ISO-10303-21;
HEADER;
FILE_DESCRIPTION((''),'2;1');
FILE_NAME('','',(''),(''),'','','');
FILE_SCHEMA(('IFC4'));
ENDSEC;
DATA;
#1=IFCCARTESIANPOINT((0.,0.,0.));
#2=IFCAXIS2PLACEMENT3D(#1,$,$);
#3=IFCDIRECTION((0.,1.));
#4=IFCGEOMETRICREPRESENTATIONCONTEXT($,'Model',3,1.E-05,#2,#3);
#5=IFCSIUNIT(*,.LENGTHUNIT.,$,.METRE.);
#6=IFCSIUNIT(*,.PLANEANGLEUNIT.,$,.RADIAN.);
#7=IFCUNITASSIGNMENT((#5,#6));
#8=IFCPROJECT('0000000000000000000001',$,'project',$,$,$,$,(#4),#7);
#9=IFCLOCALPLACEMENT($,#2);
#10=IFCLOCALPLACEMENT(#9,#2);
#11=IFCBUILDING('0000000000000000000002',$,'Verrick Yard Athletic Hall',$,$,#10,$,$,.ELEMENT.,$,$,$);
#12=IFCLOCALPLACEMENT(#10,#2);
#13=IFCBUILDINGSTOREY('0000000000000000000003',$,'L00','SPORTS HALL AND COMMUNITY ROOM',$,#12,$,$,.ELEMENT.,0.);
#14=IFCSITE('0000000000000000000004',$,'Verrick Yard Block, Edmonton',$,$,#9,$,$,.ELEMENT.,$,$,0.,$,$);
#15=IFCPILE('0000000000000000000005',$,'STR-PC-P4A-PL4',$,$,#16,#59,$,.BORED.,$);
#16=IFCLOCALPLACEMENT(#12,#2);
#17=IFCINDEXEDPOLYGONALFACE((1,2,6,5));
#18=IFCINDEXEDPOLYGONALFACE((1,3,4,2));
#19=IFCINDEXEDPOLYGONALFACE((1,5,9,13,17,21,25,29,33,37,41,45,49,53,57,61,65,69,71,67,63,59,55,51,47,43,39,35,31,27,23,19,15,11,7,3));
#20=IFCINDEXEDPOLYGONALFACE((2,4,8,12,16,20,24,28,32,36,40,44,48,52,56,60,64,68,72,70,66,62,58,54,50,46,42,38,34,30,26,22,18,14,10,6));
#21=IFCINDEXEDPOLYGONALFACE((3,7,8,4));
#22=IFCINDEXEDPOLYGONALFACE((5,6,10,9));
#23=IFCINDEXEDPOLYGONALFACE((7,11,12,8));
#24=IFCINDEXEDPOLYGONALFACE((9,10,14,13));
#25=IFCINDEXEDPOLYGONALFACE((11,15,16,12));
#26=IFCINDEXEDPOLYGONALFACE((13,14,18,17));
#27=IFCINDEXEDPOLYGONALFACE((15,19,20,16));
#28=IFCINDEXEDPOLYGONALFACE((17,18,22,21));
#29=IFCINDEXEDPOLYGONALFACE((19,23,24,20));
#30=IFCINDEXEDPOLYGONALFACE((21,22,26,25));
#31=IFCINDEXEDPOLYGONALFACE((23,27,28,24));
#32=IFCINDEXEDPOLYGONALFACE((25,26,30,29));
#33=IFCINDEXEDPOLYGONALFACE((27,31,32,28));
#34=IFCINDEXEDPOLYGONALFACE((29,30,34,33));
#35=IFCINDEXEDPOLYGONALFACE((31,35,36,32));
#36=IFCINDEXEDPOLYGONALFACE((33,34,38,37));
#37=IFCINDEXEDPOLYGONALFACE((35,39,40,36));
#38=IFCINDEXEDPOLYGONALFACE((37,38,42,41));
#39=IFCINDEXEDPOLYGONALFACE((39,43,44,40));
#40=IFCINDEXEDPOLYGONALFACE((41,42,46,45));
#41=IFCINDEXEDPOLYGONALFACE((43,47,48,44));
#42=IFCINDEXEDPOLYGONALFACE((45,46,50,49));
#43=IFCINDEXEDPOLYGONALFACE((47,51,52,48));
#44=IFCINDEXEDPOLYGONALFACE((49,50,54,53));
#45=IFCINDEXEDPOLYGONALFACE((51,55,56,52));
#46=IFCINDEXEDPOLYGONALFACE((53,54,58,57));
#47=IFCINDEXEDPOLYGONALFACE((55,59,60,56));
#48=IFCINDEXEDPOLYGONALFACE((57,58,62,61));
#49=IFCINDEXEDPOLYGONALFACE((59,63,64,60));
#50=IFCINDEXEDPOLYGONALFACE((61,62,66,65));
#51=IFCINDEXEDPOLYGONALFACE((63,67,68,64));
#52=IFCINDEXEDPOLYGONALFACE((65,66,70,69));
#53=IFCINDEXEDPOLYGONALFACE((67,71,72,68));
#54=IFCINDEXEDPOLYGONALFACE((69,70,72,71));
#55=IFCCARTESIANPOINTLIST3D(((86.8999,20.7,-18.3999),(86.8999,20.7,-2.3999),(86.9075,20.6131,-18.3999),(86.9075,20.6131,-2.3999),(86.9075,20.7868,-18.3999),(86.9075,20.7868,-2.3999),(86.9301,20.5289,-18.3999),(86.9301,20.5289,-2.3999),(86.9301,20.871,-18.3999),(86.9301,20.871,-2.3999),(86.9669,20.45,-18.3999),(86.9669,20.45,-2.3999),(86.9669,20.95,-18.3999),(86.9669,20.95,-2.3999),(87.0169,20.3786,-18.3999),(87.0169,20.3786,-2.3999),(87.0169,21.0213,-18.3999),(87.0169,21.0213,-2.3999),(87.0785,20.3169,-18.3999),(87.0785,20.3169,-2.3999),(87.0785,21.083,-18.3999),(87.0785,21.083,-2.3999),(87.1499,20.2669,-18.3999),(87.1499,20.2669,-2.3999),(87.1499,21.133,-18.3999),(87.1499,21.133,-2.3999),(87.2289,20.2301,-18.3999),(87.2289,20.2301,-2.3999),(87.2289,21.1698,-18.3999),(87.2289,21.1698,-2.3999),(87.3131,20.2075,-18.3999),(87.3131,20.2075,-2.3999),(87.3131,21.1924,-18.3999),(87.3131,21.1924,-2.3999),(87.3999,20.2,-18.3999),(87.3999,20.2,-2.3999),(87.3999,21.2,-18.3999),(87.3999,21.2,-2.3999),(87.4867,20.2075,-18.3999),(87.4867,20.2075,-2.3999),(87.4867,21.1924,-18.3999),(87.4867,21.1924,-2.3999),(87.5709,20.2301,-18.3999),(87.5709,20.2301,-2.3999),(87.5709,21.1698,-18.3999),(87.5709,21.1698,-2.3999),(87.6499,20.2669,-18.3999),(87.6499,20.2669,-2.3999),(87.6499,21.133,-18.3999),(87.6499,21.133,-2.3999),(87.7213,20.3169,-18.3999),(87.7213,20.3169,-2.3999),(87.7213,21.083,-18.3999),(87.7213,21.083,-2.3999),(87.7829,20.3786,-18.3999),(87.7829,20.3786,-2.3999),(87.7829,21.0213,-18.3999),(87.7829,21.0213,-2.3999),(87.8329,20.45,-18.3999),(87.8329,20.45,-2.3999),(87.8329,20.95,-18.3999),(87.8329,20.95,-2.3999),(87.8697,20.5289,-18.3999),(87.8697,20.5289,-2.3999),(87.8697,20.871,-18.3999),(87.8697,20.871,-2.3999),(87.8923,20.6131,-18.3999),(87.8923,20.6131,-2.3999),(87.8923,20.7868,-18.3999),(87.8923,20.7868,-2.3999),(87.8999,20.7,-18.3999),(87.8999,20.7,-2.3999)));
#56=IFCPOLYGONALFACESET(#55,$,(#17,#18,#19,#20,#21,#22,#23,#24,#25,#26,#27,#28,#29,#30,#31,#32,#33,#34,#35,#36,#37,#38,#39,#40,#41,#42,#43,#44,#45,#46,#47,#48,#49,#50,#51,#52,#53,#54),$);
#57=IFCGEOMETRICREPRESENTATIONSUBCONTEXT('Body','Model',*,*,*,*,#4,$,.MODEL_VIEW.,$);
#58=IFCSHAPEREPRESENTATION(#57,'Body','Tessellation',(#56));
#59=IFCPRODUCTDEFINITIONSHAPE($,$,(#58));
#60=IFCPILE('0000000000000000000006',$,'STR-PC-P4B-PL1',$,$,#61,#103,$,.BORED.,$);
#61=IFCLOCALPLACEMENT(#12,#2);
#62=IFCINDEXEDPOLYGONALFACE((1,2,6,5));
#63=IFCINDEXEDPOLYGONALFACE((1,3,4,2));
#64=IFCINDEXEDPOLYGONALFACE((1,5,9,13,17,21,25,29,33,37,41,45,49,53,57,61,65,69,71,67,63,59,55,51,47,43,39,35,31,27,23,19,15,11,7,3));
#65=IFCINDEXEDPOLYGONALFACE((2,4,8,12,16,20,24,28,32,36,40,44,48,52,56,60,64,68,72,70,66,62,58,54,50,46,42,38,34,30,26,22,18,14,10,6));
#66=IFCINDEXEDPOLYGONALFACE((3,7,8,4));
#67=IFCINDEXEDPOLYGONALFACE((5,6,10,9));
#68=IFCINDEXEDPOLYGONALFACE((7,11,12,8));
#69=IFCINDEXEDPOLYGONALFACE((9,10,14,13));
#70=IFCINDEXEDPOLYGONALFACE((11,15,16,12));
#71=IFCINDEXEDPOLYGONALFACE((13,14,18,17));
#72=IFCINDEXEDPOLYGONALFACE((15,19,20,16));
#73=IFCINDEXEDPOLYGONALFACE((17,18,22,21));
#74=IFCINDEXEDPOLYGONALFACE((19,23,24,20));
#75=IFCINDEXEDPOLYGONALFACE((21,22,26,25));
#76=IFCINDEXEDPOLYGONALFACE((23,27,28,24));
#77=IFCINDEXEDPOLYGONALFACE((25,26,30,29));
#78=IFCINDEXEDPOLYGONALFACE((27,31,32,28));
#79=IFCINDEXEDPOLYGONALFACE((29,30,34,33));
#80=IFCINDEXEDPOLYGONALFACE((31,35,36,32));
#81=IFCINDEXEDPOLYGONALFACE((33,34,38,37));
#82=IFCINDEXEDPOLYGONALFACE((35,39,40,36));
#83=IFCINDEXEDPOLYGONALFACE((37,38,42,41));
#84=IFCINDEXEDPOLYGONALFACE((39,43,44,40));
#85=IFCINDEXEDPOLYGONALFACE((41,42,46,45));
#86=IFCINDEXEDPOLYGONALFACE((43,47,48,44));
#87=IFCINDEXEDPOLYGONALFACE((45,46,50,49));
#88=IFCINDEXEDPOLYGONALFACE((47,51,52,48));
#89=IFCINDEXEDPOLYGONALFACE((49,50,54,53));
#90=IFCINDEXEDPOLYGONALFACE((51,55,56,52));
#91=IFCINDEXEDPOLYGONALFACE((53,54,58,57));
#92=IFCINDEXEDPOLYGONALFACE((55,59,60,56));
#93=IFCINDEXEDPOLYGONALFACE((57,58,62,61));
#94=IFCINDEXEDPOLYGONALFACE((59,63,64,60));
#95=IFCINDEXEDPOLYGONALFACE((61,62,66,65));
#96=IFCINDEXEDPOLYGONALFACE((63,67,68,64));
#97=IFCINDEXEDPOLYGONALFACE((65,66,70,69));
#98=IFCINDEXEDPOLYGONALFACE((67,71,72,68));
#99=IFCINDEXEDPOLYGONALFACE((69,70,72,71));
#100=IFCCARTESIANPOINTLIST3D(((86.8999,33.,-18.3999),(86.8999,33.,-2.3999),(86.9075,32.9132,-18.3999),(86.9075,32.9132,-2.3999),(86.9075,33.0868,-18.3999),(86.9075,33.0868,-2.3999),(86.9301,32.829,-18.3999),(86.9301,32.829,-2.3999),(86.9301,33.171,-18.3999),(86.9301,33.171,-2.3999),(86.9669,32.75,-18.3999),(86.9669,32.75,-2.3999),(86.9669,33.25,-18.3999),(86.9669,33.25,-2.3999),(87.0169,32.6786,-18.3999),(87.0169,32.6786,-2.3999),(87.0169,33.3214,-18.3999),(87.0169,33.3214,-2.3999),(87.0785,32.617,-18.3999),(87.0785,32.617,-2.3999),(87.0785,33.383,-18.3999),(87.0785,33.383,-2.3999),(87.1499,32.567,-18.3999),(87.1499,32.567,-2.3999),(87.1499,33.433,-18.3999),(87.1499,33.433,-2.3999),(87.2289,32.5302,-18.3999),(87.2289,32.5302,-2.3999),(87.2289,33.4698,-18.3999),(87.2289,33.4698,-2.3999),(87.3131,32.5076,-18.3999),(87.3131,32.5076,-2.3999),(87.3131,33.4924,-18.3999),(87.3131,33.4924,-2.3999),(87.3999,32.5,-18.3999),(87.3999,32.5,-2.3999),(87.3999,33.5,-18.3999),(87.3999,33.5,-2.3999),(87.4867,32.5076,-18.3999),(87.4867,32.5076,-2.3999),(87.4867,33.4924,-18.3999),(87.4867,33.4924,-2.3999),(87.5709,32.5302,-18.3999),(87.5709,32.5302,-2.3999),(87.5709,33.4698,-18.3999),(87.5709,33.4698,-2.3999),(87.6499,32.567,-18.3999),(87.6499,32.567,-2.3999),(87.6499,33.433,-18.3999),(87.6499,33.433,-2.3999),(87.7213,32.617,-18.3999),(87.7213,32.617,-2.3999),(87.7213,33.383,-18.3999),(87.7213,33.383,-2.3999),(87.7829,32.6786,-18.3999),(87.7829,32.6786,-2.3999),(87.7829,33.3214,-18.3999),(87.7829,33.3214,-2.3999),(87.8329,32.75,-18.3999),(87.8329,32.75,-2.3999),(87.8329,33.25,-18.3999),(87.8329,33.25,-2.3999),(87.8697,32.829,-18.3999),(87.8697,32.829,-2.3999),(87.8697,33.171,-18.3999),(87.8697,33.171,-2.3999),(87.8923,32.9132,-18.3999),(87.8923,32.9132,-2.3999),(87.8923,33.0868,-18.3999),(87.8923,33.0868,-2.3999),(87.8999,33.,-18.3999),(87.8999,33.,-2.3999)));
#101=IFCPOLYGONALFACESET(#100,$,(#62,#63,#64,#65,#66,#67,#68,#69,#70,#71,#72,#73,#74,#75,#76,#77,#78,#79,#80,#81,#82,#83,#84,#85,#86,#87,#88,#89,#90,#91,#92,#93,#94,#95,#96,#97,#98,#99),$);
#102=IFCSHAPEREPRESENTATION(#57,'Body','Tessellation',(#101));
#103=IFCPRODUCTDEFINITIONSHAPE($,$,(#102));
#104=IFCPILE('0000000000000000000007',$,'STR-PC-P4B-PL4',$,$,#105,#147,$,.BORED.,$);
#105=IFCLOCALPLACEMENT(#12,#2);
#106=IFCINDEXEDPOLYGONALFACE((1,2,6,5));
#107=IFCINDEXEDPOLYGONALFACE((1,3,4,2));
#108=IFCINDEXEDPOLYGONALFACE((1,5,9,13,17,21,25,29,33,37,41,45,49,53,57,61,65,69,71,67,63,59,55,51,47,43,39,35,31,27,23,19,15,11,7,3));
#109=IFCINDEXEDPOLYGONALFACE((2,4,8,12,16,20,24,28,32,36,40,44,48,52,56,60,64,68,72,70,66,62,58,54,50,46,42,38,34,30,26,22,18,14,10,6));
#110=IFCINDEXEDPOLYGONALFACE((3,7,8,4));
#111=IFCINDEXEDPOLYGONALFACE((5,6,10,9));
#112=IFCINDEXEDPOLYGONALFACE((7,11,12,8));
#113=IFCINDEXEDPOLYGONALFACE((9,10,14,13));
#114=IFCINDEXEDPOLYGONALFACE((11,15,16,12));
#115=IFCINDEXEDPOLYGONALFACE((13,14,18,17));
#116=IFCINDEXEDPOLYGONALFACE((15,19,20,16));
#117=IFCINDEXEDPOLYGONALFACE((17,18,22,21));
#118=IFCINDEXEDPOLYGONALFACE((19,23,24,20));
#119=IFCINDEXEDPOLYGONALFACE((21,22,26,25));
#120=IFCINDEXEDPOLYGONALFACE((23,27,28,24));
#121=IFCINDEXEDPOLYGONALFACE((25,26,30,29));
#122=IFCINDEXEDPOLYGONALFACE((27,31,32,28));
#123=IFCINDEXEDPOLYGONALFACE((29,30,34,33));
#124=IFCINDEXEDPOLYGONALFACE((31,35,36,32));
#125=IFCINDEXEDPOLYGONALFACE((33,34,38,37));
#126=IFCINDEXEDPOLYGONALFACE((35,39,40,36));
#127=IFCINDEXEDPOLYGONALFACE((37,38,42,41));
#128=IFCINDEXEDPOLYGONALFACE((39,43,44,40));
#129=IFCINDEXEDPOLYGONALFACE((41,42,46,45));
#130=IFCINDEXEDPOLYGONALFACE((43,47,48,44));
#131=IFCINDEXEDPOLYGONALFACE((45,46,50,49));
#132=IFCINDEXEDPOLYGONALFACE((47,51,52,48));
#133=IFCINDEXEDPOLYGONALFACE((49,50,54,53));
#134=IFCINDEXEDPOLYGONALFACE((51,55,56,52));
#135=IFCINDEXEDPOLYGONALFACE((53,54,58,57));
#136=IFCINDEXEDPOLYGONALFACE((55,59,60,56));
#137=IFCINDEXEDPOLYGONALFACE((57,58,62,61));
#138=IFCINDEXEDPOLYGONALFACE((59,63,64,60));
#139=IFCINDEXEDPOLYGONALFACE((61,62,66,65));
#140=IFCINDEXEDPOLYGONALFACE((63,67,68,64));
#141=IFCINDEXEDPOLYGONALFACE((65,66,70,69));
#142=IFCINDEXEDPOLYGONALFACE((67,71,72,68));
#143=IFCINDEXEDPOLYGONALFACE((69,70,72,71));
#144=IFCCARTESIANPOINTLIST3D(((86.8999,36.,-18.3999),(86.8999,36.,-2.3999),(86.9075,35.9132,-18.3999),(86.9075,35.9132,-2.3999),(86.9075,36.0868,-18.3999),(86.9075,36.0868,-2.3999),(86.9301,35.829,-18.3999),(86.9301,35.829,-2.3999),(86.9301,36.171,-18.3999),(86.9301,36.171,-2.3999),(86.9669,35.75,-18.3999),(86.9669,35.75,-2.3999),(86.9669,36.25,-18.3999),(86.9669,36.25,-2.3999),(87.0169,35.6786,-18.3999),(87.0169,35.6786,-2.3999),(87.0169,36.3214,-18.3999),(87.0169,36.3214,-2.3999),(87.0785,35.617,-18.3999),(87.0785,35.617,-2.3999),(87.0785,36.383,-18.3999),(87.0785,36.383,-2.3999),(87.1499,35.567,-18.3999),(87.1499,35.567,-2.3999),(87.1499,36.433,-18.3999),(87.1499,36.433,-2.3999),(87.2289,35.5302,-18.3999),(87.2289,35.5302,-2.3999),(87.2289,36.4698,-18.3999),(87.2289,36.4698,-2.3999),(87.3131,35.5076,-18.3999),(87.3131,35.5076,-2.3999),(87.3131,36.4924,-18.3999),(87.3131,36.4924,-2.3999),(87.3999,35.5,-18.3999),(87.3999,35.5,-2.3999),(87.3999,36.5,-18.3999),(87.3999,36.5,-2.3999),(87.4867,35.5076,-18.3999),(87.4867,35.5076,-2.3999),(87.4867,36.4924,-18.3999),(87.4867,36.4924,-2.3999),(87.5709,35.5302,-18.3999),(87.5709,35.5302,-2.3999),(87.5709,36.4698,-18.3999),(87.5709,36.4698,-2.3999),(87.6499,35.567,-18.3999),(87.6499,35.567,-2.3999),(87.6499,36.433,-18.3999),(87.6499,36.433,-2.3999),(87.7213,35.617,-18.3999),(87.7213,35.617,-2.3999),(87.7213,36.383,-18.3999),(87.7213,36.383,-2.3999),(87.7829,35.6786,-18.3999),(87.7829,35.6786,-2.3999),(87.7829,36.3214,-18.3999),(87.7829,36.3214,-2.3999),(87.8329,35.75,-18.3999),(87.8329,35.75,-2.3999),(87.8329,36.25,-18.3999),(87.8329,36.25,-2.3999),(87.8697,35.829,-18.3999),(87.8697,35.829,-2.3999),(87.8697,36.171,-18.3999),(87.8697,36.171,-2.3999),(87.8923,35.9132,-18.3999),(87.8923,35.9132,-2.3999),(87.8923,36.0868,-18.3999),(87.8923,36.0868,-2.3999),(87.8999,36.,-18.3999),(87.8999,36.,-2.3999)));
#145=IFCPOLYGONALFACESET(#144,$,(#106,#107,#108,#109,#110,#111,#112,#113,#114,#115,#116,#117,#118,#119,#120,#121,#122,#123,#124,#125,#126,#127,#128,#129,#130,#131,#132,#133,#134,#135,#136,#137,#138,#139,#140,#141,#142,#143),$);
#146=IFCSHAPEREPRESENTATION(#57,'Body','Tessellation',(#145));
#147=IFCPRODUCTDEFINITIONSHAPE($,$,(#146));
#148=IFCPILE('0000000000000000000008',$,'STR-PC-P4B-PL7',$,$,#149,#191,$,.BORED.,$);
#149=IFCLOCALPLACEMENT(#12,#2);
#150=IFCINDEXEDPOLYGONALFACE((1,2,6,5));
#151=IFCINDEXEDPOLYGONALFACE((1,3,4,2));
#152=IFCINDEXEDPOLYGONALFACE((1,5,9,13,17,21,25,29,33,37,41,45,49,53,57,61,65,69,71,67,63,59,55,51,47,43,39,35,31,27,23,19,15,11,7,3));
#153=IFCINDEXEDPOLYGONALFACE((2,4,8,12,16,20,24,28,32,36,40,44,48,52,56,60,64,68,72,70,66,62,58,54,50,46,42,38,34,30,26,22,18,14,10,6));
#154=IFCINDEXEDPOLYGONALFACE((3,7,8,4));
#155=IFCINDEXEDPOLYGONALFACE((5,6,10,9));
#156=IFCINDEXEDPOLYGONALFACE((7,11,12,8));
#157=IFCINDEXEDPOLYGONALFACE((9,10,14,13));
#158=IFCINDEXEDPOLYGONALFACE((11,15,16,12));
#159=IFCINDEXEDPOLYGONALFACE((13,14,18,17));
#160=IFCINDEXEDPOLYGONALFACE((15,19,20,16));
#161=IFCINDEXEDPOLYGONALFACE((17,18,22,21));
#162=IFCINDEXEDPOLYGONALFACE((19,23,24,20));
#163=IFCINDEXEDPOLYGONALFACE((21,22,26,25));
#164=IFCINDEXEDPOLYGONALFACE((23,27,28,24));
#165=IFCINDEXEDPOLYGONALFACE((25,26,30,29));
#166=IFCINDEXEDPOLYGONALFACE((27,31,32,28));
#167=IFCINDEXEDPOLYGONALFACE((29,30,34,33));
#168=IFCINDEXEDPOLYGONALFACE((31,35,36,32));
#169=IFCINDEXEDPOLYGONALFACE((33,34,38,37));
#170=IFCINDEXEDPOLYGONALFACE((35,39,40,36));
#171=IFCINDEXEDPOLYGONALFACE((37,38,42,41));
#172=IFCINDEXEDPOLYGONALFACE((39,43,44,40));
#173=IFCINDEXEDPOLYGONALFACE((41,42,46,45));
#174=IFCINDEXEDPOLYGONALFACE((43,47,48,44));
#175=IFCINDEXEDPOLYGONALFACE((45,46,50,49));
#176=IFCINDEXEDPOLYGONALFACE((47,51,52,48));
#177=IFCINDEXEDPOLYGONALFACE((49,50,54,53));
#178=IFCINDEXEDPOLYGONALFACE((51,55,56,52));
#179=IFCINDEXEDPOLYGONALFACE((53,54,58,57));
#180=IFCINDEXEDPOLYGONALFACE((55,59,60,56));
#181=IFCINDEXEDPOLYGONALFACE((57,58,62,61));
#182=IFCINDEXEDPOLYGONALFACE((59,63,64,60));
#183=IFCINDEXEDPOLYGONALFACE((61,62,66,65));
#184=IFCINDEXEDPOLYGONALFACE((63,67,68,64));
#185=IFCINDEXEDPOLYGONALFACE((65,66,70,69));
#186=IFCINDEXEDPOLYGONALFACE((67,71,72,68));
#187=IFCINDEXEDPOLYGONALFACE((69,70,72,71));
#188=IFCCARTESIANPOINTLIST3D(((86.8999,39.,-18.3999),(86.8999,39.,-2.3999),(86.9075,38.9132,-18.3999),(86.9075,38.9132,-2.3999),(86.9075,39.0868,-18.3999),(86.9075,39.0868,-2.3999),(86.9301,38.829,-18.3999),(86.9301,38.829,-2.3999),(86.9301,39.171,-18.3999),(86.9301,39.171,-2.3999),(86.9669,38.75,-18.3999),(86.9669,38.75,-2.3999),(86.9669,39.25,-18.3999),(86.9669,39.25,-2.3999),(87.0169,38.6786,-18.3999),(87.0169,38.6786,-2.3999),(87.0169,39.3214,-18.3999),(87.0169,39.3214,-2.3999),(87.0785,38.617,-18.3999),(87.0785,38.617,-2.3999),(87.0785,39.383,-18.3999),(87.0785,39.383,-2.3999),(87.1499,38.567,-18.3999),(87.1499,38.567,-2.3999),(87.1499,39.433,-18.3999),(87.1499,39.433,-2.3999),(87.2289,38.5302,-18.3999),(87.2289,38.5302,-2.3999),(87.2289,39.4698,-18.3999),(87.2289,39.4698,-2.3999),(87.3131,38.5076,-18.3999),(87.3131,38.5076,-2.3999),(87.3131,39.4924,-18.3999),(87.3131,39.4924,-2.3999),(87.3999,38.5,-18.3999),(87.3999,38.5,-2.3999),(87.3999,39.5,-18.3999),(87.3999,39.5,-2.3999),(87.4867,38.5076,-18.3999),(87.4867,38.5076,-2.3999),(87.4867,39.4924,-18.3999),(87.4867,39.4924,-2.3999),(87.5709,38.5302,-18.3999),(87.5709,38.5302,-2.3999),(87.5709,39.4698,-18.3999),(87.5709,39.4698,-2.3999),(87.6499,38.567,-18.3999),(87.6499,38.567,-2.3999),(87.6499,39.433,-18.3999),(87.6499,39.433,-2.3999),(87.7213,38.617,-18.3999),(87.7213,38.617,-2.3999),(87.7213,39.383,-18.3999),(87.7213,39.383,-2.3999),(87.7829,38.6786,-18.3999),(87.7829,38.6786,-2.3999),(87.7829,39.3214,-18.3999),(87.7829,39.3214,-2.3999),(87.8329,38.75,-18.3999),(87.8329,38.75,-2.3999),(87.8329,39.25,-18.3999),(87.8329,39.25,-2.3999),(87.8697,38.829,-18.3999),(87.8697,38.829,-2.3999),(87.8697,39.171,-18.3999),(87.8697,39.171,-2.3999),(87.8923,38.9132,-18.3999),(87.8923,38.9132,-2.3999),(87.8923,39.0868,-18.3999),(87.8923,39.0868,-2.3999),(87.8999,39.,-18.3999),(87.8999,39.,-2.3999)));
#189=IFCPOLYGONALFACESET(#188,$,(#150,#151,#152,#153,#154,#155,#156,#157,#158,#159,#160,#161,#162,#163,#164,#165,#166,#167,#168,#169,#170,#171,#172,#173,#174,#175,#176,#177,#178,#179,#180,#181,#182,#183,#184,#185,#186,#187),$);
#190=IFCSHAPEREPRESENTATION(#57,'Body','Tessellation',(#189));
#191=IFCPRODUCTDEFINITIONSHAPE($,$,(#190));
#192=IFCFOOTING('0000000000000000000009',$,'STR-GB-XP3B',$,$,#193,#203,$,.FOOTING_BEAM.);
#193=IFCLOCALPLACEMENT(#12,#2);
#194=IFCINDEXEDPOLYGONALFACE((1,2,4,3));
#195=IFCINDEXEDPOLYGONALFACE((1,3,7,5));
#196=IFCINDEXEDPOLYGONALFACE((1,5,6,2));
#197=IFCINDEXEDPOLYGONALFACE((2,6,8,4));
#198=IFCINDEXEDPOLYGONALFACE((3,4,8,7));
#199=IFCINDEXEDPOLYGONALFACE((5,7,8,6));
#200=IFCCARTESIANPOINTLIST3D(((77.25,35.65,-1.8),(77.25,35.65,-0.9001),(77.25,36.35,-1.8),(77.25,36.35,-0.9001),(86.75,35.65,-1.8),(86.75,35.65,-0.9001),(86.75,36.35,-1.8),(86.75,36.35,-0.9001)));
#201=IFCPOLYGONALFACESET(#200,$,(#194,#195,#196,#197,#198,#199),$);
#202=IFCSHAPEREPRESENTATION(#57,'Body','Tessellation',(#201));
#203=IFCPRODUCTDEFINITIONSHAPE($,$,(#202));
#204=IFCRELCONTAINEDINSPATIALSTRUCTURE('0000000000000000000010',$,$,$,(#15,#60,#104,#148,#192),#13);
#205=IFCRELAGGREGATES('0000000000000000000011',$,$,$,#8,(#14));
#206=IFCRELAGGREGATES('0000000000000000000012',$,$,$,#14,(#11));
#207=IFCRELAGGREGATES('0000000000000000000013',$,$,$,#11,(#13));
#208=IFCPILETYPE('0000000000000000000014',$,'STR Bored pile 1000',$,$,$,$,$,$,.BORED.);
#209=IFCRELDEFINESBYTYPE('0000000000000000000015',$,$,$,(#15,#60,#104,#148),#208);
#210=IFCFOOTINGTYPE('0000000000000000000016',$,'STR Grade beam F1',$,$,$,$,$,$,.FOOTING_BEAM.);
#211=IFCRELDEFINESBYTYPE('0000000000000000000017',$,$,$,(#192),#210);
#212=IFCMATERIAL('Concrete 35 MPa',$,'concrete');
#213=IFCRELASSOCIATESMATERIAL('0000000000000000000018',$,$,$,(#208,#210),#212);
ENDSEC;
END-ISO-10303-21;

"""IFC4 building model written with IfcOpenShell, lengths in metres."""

from ifc_helpers import new_model, si_unit, direction, frame, origin, origin_2d, place, context, subcontext, project, spatial, rectangle, circle, extrude, material, material_profile, profile_set, type_object, element, save


model = new_model("IFC4")

# Units and contexts
model_context = context("Model", 3, precision=1e-05, world=origin(), true_north=direction((0.0, 1.0)))
body_context = subcontext(model_context, "Body", "Model", "MODEL_VIEW")
ifc_project = project(units=[si_unit("LENGTHUNIT", "METRE"), si_unit("PLANEANGLEUNIT", "RADIAN")], contexts=[model_context])

# Site, building, storey
site_placement = place(None, origin())
site = spatial("IfcSite", under=ifc_project, at=site_placement, Name="Verrick Yard Block, Edmonton", CompositionType="ELEMENT", RefElevation=0.0)
building_placement = place(site_placement, origin())
building = spatial("IfcBuilding", under=site, at=building_placement, Name="Verrick Yard Athletic Hall", CompositionType="ELEMENT")
storey_placement = place(building_placement, origin())
storey = spatial("IfcBuildingStorey", under=building, at=storey_placement, Name="L00", Description="SPORTS HALL AND COMMUNITY ROOM", CompositionType="ELEMENT", Elevation=0.0)

# Piles
ifc_material_1 = material(Name="Concrete 35 MPa", Category="concrete")
pile_type = type_object("IfcPileType", Name="STR Bored pile 1000", PredefinedType="BORED", material=ifc_material_1)
for number, where, z_axis, x_axis, name in (
    (1, (87.3999, 20.7, -2.3999), (0.0, 0.0, -1.0), (1.0, 0.0, 0.0), "STR-PC-P4A-PL4"),
    (2, (87.3999, 33.0, -2.3999), (0.0, 0.0, -1.0), (1.0, 0.0, 0.0), "STR-PC-P4B-PL1"),
    (3, (87.3999, 36.0, -2.3999), (0.0, 0.0, -1.0), (1.0, 0.0, 0.0), "STR-PC-P4B-PL4"),
    (4, (87.3999, 39.0, -2.3999), (0.0, 0.0, -1.0), (1.0, 0.0, 0.0), "STR-PC-P4B-PL7"),
):
    element("IfcPile", number, at=place(storey_placement, frame(where, z_axis=z_axis, x_axis=x_axis)), inside=storey, type_object=pile_type, Name=name, PredefinedType="BORED", context=body_context, shape_type="SweptSolid", body=[
        extrude(circle(Radius=0.5, at=origin_2d()), origin(), (0.0, 0.0, 1.0), 16.0),
    ])

# Footing
ifc_material_profile = material_profile(ifc_material_1, rectangle(XDim=0.7, YDim=0.8999, at=origin_2d()), Name="STR Grade beam F1")
ifc_profile_set = profile_set([ifc_material_profile], Name="Concrete 35 MPa")
footing_type = type_object("IfcFootingType", Name="STR Grade beam F1", PredefinedType="FOOTING_BEAM", material=ifc_profile_set)
footing_placement = place(storey_placement, frame((77.25, 36.0, -1.3501), z_axis=(1.0, 0.0, 0.0), x_axis=(0.0, 1.0, 0.0)))
element("IfcFooting", 5, at=footing_placement, inside=storey, type_object=footing_type, Name="STR-GB-XP3B", PredefinedType="FOOTING_BEAM", context=body_context, shape_type="SweptSolid", body=[
    extrude(rectangle(XDim=0.7, YDim=0.8999, at=origin_2d()), origin(), (0.0, 0.0, 1.0), 9.5),
])

save(model, "model.ifc")
